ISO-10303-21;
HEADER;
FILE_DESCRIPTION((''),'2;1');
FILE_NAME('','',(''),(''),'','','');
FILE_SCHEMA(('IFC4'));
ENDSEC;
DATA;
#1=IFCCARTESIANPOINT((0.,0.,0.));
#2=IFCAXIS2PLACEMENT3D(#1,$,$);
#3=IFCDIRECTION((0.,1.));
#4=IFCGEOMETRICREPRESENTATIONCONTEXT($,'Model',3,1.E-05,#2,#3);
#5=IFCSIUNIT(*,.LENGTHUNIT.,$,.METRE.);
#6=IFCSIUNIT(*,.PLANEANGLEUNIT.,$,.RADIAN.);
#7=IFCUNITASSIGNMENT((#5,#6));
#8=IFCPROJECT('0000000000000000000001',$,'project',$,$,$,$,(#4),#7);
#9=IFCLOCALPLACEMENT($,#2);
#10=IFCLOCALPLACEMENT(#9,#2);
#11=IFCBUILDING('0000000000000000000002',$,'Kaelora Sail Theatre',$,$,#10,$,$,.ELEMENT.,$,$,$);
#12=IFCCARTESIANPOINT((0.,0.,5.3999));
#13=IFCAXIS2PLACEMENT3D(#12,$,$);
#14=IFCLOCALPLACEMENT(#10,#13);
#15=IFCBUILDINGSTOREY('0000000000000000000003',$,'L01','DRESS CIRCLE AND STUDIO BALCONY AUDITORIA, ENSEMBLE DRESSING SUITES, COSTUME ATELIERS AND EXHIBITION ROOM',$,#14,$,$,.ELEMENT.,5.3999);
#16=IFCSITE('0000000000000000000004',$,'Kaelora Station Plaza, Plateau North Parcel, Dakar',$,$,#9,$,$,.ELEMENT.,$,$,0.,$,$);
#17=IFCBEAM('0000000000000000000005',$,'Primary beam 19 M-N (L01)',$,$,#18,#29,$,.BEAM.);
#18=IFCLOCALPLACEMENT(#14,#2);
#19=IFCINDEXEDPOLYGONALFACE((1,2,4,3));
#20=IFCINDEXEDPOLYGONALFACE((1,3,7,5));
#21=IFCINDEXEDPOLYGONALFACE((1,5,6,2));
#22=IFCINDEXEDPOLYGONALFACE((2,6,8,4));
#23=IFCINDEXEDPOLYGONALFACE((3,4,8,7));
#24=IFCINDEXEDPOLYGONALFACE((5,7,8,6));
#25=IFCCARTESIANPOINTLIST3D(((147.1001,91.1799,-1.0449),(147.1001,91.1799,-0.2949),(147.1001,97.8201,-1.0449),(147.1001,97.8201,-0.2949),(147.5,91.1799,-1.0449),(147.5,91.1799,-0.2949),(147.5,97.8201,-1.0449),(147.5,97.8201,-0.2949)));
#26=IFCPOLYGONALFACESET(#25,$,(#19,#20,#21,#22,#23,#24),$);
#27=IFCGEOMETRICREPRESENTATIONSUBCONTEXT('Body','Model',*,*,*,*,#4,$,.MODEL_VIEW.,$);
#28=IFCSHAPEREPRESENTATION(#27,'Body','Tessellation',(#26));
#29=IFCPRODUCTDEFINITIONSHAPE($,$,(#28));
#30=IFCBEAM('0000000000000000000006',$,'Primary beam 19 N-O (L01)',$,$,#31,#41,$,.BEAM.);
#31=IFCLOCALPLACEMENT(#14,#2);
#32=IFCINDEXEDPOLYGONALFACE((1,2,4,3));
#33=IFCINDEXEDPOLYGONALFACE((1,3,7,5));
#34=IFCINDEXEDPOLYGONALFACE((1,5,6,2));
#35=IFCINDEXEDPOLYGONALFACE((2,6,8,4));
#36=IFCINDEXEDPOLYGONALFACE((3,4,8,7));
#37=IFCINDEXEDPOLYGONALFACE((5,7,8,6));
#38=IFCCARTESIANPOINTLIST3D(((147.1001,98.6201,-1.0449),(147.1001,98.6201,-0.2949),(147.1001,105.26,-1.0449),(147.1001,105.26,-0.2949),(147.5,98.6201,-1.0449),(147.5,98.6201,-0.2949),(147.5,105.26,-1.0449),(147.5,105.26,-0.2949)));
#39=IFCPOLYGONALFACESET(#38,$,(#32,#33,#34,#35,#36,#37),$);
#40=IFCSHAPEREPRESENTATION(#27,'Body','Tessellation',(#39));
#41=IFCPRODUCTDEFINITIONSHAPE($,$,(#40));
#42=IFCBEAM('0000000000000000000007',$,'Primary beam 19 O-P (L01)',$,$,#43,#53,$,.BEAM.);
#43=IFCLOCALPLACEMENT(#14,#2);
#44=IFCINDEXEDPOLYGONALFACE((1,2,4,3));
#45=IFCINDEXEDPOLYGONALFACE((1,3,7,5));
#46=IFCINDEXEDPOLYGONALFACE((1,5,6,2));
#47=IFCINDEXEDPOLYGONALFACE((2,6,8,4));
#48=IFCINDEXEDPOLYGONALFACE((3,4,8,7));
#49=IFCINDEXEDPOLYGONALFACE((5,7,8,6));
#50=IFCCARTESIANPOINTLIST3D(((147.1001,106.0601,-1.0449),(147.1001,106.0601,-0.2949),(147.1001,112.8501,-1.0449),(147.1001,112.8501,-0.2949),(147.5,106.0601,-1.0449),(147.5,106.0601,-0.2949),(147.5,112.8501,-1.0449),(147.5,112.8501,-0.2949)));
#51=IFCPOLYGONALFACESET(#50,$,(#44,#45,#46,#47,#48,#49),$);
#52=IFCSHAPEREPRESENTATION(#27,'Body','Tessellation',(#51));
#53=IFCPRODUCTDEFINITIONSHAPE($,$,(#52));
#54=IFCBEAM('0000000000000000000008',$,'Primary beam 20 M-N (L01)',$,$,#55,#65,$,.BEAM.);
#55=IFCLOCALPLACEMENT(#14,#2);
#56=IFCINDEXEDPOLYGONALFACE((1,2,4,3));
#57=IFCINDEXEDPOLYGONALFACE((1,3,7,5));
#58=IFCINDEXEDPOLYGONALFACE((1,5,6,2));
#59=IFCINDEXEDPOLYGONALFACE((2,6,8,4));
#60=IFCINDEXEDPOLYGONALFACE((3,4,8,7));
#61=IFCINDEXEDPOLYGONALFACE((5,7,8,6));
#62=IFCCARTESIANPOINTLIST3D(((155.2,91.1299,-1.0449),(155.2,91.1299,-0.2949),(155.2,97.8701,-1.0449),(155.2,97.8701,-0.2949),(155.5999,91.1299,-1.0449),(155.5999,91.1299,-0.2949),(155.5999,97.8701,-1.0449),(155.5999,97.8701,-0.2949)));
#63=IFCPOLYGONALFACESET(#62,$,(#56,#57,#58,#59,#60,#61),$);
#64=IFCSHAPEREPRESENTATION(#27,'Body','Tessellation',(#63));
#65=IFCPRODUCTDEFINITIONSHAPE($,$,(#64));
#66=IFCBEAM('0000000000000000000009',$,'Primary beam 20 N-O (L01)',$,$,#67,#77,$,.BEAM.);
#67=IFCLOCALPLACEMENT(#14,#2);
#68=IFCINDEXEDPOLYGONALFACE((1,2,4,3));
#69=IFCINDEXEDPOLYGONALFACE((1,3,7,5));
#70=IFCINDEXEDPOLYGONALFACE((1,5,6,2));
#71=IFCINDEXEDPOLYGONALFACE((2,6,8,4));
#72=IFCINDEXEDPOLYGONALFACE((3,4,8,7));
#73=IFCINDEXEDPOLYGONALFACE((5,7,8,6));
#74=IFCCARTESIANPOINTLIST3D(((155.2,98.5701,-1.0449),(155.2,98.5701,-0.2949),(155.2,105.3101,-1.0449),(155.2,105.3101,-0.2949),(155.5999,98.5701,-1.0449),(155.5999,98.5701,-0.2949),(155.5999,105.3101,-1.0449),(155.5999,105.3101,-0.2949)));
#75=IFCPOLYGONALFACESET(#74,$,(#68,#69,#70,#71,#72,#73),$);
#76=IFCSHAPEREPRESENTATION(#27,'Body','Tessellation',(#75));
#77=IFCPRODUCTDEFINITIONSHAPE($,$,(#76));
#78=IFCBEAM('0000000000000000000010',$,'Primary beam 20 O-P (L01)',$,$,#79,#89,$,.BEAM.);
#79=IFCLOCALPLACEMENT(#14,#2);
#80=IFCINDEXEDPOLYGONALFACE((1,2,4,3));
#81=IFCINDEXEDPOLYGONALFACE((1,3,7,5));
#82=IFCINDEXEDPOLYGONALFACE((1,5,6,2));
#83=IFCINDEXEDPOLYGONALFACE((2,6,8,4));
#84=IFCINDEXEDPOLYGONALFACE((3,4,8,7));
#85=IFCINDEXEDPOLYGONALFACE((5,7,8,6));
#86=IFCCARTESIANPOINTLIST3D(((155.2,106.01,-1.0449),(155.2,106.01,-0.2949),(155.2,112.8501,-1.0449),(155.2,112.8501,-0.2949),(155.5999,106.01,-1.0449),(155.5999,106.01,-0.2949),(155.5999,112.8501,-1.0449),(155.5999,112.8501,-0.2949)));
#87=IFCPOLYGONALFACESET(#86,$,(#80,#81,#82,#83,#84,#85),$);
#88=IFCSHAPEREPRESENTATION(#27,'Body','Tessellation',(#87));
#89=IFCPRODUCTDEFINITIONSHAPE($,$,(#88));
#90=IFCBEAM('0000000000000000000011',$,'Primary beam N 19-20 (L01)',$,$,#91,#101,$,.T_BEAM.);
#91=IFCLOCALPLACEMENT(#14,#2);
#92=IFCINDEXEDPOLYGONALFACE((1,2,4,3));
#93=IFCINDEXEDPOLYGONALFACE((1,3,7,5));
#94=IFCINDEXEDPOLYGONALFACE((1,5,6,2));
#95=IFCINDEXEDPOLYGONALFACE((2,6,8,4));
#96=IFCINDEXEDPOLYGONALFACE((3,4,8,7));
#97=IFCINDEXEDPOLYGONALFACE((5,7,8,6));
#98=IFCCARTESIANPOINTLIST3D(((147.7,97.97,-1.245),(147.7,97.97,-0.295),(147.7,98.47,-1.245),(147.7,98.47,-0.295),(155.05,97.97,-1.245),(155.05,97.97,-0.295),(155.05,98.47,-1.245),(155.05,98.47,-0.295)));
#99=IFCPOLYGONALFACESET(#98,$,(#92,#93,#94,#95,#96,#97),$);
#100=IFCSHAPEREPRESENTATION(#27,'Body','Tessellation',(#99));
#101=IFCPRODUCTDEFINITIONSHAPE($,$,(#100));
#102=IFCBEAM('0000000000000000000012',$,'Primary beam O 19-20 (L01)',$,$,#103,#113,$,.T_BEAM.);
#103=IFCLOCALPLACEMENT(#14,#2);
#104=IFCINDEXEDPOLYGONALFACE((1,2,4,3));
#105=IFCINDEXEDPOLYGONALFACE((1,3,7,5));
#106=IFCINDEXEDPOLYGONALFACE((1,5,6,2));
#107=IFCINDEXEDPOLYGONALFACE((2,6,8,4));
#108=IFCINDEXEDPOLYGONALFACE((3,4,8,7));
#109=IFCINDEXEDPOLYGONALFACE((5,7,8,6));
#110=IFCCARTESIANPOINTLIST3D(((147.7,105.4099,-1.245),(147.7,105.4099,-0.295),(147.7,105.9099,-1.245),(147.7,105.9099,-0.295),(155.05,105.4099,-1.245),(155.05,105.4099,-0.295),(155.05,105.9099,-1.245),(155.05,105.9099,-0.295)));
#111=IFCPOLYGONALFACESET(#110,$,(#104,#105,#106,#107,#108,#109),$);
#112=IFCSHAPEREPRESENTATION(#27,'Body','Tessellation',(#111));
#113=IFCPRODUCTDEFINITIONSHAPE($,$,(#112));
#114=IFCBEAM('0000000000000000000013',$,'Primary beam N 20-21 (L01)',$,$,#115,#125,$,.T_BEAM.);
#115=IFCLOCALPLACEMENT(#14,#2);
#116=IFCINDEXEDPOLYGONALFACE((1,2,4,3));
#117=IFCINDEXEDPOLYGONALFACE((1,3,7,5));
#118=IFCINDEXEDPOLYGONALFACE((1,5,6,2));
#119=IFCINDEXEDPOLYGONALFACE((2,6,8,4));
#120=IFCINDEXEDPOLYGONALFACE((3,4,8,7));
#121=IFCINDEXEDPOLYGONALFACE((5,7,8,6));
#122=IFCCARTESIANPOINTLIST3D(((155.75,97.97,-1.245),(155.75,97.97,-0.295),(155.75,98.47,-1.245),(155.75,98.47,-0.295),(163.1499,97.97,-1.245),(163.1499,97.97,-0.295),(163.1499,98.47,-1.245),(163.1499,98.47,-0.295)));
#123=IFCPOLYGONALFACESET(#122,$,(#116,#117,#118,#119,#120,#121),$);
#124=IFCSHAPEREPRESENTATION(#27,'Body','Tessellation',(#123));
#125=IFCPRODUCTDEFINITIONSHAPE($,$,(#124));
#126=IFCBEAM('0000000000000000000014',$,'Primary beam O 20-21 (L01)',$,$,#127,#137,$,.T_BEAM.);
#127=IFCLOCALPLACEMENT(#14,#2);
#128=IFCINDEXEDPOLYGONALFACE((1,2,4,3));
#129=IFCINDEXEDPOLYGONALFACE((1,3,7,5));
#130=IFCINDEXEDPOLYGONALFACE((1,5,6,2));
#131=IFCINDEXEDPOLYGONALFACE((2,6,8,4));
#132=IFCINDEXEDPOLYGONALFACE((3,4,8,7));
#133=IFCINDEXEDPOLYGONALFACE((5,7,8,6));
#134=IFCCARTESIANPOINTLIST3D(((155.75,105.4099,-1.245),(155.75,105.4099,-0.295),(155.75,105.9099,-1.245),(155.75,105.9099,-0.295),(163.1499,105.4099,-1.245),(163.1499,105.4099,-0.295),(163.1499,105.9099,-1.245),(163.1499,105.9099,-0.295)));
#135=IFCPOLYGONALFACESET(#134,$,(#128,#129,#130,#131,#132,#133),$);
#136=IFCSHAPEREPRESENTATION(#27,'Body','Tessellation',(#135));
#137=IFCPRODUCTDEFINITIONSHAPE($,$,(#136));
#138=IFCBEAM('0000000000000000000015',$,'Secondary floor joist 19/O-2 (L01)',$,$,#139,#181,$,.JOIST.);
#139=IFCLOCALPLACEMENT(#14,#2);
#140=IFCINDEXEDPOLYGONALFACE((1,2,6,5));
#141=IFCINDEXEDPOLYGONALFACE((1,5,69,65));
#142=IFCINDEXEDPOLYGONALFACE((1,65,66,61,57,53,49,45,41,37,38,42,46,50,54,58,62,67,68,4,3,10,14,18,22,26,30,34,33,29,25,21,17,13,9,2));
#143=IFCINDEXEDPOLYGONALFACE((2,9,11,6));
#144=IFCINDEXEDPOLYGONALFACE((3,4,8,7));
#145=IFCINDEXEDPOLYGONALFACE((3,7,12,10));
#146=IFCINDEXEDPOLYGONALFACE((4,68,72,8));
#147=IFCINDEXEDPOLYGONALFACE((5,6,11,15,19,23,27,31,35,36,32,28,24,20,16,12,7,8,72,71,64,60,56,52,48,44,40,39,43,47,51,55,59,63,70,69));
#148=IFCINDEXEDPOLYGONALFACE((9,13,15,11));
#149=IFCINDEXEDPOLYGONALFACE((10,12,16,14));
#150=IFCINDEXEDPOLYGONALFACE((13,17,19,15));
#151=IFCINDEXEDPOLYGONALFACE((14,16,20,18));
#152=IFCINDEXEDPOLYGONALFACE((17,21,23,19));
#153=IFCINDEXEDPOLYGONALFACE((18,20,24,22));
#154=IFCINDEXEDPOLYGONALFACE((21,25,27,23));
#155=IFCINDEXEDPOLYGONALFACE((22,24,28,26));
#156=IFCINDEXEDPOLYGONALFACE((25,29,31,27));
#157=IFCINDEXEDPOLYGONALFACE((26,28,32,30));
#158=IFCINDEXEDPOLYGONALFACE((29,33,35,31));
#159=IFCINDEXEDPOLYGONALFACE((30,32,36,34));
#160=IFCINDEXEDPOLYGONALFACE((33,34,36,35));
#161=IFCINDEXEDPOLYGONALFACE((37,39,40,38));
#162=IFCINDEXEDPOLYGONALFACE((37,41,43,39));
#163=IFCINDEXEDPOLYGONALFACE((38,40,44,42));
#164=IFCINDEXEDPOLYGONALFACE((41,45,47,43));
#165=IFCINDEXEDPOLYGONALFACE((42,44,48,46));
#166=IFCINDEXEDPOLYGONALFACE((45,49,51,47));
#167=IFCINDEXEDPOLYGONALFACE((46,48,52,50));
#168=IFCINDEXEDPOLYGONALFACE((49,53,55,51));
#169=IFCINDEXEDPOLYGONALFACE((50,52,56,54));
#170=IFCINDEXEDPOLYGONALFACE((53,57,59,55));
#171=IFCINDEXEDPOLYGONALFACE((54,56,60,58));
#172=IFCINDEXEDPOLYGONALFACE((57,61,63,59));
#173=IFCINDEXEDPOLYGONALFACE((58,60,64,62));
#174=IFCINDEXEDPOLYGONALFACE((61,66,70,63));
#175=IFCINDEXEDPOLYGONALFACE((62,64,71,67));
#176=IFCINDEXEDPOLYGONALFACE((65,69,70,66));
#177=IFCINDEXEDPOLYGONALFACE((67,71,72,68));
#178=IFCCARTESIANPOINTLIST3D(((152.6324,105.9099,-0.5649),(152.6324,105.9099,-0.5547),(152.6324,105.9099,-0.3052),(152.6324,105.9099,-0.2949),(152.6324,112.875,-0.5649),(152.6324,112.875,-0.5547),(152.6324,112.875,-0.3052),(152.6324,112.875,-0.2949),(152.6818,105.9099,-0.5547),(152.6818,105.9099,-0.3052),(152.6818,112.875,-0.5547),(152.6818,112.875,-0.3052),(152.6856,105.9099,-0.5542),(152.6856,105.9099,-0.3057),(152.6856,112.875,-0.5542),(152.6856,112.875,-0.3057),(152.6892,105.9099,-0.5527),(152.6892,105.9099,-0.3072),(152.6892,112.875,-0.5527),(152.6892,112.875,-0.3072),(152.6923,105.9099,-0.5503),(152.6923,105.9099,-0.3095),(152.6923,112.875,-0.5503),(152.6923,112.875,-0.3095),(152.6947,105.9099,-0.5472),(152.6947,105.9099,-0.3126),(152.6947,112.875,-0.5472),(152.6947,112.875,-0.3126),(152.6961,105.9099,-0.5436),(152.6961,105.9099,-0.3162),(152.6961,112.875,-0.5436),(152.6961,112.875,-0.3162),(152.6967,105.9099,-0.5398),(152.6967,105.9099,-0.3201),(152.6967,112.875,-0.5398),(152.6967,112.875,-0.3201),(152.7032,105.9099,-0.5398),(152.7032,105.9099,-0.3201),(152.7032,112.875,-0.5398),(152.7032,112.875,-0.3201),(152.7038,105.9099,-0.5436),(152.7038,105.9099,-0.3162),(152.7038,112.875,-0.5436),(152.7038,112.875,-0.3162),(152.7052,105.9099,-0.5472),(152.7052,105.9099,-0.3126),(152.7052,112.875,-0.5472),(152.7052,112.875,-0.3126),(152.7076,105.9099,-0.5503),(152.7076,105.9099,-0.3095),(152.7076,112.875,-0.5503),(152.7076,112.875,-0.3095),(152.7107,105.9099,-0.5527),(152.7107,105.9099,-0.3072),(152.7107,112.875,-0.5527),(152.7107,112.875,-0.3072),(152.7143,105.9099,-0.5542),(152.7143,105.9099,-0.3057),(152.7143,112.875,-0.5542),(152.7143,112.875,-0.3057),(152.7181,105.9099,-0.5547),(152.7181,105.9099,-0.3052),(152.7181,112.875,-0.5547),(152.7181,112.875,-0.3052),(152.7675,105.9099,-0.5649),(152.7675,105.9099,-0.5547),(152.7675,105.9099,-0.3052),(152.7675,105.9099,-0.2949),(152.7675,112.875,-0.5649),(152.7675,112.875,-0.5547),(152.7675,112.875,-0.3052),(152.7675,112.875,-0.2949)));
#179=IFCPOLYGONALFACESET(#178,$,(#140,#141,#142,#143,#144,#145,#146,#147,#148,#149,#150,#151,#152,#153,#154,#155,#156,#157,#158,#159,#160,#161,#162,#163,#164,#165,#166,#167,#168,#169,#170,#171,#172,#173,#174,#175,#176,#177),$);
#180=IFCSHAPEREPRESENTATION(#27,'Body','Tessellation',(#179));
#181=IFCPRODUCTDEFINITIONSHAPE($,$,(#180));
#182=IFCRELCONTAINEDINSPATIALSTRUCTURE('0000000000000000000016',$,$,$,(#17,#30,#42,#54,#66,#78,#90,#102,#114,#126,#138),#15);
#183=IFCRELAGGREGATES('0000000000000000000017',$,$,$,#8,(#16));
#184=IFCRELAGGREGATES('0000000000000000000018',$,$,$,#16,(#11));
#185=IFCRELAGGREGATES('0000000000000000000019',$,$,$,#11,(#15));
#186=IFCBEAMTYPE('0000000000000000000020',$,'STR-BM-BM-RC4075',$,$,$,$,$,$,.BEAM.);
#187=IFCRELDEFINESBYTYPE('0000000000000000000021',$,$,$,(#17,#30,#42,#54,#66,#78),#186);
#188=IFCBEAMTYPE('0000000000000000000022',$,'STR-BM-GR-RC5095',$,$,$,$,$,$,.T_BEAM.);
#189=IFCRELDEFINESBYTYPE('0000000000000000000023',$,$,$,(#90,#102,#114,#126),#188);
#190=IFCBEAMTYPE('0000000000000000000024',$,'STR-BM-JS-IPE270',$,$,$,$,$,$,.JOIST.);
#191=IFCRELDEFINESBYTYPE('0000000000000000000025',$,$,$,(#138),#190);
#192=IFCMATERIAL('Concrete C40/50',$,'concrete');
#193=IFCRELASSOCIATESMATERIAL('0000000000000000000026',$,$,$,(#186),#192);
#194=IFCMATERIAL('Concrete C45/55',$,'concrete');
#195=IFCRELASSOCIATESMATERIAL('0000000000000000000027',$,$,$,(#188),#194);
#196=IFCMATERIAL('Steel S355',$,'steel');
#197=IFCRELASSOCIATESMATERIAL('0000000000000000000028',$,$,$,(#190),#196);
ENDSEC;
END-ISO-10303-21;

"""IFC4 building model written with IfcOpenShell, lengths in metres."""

from ifc_helpers import new_model, si_unit, direction, frame, origin, origin_2d, place, context, subcontext, project, spatial, rectangle, i_section, extrude, material, material_profile, profile_set, type_object, element, save


model = new_model("IFC4")

# Units and contexts
model_context = context("Model", 3, precision=1e-05, world=origin(), true_north=direction((0.0, 1.0)))
body_context = subcontext(model_context, "Body", "Model", "MODEL_VIEW")
ifc_project = project(units=[si_unit("LENGTHUNIT", "METRE"), si_unit("PLANEANGLEUNIT", "RADIAN")], contexts=[model_context])

# Site, building, storey
site_placement = place(None, origin())
site = spatial("IfcSite", under=ifc_project, at=site_placement, Name="Kaelora Station Plaza, Plateau North Parcel, Dakar", CompositionType="ELEMENT", RefElevation=0.0)
building_placement = place(site_placement, origin())
building = spatial("IfcBuilding", under=site, at=building_placement, Name="Kaelora Sail Theatre", CompositionType="ELEMENT")
storey_placement = place(building_placement, frame((0.0, 0.0, 5.3999)))
storey = spatial("IfcBuildingStorey", under=building, at=storey_placement, Name="L01", Description="DRESS CIRCLE AND STUDIO BALCONY AUDITORIA, ENSEMBLE DRESSING SUITES, COSTUME ATELIERS AND EXHIBITION ROOM", CompositionType="ELEMENT", Elevation=5.3999)

# Beams
ifc_material_1 = material(Name="Concrete C40/50", Category="concrete")
ifc_material_profile_1 = material_profile(ifc_material_1, rectangle(XDim=0.3999, YDim=0.75, at=origin_2d()), Name="RC-BM 400x750")
ifc_profile_set_1 = profile_set([ifc_material_profile_1], Name="Concrete C40/50")
beam_type_1 = type_object("IfcBeamType", Name="STR-BM-BM-RC4075", PredefinedType="BEAM", material=ifc_profile_set_1)
beam_1_placement = place(storey_placement, frame((147.3, 91.1799, -0.6699), z_axis=(0.0, 1.0, 0.0), x_axis=(-1.0, 0.0, 0.0)))
element("IfcBeam", 1, at=beam_1_placement, inside=storey, type_object=beam_type_1, Name="Primary beam 19 M-N (L01)", PredefinedType="BEAM", context=body_context, shape_type="SweptSolid", body=[
    extrude(rectangle(XDim=0.3999, YDim=0.75, at=origin_2d()), origin(), (0.0, 0.0, 1.0), 6.6401),
])
beam_2_placement = place(storey_placement, frame((147.3, 98.6201, -0.6699), z_axis=(0.0, 1.0, 0.0), x_axis=(-1.0, 0.0, 0.0)))
element("IfcBeam", 2, at=beam_2_placement, inside=storey, type_object=beam_type_1, Name="Primary beam 19 N-O (L01)", PredefinedType="BEAM", context=body_context, shape_type="SweptSolid", body=[
    extrude(rectangle(XDim=0.3999, YDim=0.75, at=origin_2d()), origin(), (0.0, 0.0, 1.0), 6.6399),
])
beam_3_placement = place(storey_placement, frame((147.3, 106.0601, -0.6699), z_axis=(0.0, 1.0, 0.0), x_axis=(-1.0, 0.0, 0.0)))
element("IfcBeam", 3, at=beam_3_placement, inside=storey, type_object=beam_type_1, Name="Primary beam 19 O-P (L01)", PredefinedType="BEAM", context=body_context, shape_type="SweptSolid", body=[
    extrude(rectangle(XDim=0.3999, YDim=0.75, at=origin_2d()), origin(), (0.0, 0.0, 1.0), 6.79),
])
beam_4_placement = place(storey_placement, frame((155.3999, 91.1299, -0.6699), z_axis=(0.0, 1.0, 0.0), x_axis=(-1.0, 0.0, 0.0)))
element("IfcBeam", 4, at=beam_4_placement, inside=storey, type_object=beam_type_1, Name="Primary beam 20 M-N (L01)", PredefinedType="BEAM", context=body_context, shape_type="SweptSolid", body=[
    extrude(rectangle(XDim=0.3999, YDim=0.75, at=origin_2d()), origin(), (0.0, 0.0, 1.0), 6.7402),
])
beam_5_placement = place(storey_placement, frame((155.3999, 98.5701, -0.6699), z_axis=(0.0, 1.0, 0.0), x_axis=(-1.0, 0.0, 0.0)))
element("IfcBeam", 5, at=beam_5_placement, inside=storey, type_object=beam_type_1, Name="Primary beam 20 N-O (L01)", PredefinedType="BEAM", context=body_context, shape_type="SweptSolid", body=[
    extrude(rectangle(XDim=0.3999, YDim=0.75, at=origin_2d()), origin(), (0.0, 0.0, 1.0), 6.74),
])
beam_6_placement = place(storey_placement, frame((155.3999, 106.01, -0.6699), z_axis=(0.0, 1.0, 0.0), x_axis=(-1.0, 0.0, 0.0)))
element("IfcBeam", 6, at=beam_6_placement, inside=storey, type_object=beam_type_1, Name="Primary beam 20 O-P (L01)", PredefinedType="BEAM", context=body_context, shape_type="SweptSolid", body=[
    extrude(rectangle(XDim=0.3999, YDim=0.75, at=origin_2d()), origin(), (0.0, 0.0, 1.0), 6.8401),
])
ifc_material_2 = material(Name="Concrete C45/55", Category="concrete")
ifc_material_profile_2 = material_profile(ifc_material_2, rectangle(XDim=0.5, YDim=0.95, at=origin_2d()), Name="RC-GRD 500x950")
ifc_profile_set_2 = profile_set([ifc_material_profile_2], Name="Concrete C45/55")
beam_type_2 = type_object("IfcBeamType", Name="STR-BM-GR-RC5095", PredefinedType="T_BEAM", material=ifc_profile_set_2)
for number, where, z_axis, x_axis, name in (
    (7, (147.7, 98.22, -0.77), (1.0, 0.0, 0.0), (0.0, 1.0, 0.0), "Primary beam N 19-20 (L01)"),
    (8, (147.7, 105.6599, -0.77), (1.0, 0.0, 0.0), (0.0, 1.0, 0.0), "Primary beam O 19-20 (L01)"),
):
    element("IfcBeam", number, at=place(storey_placement, frame(where, z_axis=z_axis, x_axis=x_axis)), inside=storey, type_object=beam_type_2, Name=name, PredefinedType="T_BEAM", context=body_context, shape_type="SweptSolid", body=[
        extrude(rectangle(XDim=0.5, YDim=0.95, at=origin_2d()), origin(), (0.0, 0.0, 1.0), 7.3501),
    ])
for number, where, z_axis, x_axis, name in (
    (9, (155.75, 98.22, -0.77), (1.0, 0.0, 0.0), (0.0, 1.0, 0.0), "Primary beam N 20-21 (L01)"),
    (10, (155.75, 105.6599, -0.77), (1.0, 0.0, 0.0), (0.0, 1.0, 0.0), "Primary beam O 20-21 (L01)"),
):
    element("IfcBeam", number, at=place(storey_placement, frame(where, z_axis=z_axis, x_axis=x_axis)), inside=storey, type_object=beam_type_2, Name=name, PredefinedType="T_BEAM", context=body_context, shape_type="SweptSolid", body=[
        extrude(rectangle(XDim=0.5, YDim=0.95, at=origin_2d()), origin(), (0.0, 0.0, 1.0), 7.3999),
    ])
ifc_material_3 = material(Name="Steel S355", Category="steel")
ifc_material_profile_3 = material_profile(ifc_material_3, i_section(OverallWidth=0.135, OverallDepth=0.27, WebThickness=0.0066, FlangeThickness=0.0103, FilletRadius=0.0149, at=origin_2d()), Name="IPE 270")
ifc_profile_set_3 = profile_set([ifc_material_profile_3], Name="Steel S355")
beam_type_3 = type_object("IfcBeamType", Name="STR-BM-JS-IPE270", PredefinedType="JOIST", material=ifc_profile_set_3)
beam_7_placement = place(storey_placement, frame((152.7, 105.9099, -0.4299), z_axis=(0.0, 1.0, 0.0), x_axis=(-1.0, 0.0, 0.0)))
element("IfcBeam", 11, at=beam_7_placement, inside=storey, type_object=beam_type_3, Name="Secondary floor joist 19/O-2 (L01)", PredefinedType="JOIST", context=body_context, shape_type="SweptSolid", body=[
    extrude(i_section(OverallWidth=0.135, OverallDepth=0.27, WebThickness=0.0066, FlangeThickness=0.0103, FilletRadius=0.0149, at=origin_2d()), origin(), (0.0, 0.0, 1.0), 6.9651),
])

save(model, "model.ifc")
